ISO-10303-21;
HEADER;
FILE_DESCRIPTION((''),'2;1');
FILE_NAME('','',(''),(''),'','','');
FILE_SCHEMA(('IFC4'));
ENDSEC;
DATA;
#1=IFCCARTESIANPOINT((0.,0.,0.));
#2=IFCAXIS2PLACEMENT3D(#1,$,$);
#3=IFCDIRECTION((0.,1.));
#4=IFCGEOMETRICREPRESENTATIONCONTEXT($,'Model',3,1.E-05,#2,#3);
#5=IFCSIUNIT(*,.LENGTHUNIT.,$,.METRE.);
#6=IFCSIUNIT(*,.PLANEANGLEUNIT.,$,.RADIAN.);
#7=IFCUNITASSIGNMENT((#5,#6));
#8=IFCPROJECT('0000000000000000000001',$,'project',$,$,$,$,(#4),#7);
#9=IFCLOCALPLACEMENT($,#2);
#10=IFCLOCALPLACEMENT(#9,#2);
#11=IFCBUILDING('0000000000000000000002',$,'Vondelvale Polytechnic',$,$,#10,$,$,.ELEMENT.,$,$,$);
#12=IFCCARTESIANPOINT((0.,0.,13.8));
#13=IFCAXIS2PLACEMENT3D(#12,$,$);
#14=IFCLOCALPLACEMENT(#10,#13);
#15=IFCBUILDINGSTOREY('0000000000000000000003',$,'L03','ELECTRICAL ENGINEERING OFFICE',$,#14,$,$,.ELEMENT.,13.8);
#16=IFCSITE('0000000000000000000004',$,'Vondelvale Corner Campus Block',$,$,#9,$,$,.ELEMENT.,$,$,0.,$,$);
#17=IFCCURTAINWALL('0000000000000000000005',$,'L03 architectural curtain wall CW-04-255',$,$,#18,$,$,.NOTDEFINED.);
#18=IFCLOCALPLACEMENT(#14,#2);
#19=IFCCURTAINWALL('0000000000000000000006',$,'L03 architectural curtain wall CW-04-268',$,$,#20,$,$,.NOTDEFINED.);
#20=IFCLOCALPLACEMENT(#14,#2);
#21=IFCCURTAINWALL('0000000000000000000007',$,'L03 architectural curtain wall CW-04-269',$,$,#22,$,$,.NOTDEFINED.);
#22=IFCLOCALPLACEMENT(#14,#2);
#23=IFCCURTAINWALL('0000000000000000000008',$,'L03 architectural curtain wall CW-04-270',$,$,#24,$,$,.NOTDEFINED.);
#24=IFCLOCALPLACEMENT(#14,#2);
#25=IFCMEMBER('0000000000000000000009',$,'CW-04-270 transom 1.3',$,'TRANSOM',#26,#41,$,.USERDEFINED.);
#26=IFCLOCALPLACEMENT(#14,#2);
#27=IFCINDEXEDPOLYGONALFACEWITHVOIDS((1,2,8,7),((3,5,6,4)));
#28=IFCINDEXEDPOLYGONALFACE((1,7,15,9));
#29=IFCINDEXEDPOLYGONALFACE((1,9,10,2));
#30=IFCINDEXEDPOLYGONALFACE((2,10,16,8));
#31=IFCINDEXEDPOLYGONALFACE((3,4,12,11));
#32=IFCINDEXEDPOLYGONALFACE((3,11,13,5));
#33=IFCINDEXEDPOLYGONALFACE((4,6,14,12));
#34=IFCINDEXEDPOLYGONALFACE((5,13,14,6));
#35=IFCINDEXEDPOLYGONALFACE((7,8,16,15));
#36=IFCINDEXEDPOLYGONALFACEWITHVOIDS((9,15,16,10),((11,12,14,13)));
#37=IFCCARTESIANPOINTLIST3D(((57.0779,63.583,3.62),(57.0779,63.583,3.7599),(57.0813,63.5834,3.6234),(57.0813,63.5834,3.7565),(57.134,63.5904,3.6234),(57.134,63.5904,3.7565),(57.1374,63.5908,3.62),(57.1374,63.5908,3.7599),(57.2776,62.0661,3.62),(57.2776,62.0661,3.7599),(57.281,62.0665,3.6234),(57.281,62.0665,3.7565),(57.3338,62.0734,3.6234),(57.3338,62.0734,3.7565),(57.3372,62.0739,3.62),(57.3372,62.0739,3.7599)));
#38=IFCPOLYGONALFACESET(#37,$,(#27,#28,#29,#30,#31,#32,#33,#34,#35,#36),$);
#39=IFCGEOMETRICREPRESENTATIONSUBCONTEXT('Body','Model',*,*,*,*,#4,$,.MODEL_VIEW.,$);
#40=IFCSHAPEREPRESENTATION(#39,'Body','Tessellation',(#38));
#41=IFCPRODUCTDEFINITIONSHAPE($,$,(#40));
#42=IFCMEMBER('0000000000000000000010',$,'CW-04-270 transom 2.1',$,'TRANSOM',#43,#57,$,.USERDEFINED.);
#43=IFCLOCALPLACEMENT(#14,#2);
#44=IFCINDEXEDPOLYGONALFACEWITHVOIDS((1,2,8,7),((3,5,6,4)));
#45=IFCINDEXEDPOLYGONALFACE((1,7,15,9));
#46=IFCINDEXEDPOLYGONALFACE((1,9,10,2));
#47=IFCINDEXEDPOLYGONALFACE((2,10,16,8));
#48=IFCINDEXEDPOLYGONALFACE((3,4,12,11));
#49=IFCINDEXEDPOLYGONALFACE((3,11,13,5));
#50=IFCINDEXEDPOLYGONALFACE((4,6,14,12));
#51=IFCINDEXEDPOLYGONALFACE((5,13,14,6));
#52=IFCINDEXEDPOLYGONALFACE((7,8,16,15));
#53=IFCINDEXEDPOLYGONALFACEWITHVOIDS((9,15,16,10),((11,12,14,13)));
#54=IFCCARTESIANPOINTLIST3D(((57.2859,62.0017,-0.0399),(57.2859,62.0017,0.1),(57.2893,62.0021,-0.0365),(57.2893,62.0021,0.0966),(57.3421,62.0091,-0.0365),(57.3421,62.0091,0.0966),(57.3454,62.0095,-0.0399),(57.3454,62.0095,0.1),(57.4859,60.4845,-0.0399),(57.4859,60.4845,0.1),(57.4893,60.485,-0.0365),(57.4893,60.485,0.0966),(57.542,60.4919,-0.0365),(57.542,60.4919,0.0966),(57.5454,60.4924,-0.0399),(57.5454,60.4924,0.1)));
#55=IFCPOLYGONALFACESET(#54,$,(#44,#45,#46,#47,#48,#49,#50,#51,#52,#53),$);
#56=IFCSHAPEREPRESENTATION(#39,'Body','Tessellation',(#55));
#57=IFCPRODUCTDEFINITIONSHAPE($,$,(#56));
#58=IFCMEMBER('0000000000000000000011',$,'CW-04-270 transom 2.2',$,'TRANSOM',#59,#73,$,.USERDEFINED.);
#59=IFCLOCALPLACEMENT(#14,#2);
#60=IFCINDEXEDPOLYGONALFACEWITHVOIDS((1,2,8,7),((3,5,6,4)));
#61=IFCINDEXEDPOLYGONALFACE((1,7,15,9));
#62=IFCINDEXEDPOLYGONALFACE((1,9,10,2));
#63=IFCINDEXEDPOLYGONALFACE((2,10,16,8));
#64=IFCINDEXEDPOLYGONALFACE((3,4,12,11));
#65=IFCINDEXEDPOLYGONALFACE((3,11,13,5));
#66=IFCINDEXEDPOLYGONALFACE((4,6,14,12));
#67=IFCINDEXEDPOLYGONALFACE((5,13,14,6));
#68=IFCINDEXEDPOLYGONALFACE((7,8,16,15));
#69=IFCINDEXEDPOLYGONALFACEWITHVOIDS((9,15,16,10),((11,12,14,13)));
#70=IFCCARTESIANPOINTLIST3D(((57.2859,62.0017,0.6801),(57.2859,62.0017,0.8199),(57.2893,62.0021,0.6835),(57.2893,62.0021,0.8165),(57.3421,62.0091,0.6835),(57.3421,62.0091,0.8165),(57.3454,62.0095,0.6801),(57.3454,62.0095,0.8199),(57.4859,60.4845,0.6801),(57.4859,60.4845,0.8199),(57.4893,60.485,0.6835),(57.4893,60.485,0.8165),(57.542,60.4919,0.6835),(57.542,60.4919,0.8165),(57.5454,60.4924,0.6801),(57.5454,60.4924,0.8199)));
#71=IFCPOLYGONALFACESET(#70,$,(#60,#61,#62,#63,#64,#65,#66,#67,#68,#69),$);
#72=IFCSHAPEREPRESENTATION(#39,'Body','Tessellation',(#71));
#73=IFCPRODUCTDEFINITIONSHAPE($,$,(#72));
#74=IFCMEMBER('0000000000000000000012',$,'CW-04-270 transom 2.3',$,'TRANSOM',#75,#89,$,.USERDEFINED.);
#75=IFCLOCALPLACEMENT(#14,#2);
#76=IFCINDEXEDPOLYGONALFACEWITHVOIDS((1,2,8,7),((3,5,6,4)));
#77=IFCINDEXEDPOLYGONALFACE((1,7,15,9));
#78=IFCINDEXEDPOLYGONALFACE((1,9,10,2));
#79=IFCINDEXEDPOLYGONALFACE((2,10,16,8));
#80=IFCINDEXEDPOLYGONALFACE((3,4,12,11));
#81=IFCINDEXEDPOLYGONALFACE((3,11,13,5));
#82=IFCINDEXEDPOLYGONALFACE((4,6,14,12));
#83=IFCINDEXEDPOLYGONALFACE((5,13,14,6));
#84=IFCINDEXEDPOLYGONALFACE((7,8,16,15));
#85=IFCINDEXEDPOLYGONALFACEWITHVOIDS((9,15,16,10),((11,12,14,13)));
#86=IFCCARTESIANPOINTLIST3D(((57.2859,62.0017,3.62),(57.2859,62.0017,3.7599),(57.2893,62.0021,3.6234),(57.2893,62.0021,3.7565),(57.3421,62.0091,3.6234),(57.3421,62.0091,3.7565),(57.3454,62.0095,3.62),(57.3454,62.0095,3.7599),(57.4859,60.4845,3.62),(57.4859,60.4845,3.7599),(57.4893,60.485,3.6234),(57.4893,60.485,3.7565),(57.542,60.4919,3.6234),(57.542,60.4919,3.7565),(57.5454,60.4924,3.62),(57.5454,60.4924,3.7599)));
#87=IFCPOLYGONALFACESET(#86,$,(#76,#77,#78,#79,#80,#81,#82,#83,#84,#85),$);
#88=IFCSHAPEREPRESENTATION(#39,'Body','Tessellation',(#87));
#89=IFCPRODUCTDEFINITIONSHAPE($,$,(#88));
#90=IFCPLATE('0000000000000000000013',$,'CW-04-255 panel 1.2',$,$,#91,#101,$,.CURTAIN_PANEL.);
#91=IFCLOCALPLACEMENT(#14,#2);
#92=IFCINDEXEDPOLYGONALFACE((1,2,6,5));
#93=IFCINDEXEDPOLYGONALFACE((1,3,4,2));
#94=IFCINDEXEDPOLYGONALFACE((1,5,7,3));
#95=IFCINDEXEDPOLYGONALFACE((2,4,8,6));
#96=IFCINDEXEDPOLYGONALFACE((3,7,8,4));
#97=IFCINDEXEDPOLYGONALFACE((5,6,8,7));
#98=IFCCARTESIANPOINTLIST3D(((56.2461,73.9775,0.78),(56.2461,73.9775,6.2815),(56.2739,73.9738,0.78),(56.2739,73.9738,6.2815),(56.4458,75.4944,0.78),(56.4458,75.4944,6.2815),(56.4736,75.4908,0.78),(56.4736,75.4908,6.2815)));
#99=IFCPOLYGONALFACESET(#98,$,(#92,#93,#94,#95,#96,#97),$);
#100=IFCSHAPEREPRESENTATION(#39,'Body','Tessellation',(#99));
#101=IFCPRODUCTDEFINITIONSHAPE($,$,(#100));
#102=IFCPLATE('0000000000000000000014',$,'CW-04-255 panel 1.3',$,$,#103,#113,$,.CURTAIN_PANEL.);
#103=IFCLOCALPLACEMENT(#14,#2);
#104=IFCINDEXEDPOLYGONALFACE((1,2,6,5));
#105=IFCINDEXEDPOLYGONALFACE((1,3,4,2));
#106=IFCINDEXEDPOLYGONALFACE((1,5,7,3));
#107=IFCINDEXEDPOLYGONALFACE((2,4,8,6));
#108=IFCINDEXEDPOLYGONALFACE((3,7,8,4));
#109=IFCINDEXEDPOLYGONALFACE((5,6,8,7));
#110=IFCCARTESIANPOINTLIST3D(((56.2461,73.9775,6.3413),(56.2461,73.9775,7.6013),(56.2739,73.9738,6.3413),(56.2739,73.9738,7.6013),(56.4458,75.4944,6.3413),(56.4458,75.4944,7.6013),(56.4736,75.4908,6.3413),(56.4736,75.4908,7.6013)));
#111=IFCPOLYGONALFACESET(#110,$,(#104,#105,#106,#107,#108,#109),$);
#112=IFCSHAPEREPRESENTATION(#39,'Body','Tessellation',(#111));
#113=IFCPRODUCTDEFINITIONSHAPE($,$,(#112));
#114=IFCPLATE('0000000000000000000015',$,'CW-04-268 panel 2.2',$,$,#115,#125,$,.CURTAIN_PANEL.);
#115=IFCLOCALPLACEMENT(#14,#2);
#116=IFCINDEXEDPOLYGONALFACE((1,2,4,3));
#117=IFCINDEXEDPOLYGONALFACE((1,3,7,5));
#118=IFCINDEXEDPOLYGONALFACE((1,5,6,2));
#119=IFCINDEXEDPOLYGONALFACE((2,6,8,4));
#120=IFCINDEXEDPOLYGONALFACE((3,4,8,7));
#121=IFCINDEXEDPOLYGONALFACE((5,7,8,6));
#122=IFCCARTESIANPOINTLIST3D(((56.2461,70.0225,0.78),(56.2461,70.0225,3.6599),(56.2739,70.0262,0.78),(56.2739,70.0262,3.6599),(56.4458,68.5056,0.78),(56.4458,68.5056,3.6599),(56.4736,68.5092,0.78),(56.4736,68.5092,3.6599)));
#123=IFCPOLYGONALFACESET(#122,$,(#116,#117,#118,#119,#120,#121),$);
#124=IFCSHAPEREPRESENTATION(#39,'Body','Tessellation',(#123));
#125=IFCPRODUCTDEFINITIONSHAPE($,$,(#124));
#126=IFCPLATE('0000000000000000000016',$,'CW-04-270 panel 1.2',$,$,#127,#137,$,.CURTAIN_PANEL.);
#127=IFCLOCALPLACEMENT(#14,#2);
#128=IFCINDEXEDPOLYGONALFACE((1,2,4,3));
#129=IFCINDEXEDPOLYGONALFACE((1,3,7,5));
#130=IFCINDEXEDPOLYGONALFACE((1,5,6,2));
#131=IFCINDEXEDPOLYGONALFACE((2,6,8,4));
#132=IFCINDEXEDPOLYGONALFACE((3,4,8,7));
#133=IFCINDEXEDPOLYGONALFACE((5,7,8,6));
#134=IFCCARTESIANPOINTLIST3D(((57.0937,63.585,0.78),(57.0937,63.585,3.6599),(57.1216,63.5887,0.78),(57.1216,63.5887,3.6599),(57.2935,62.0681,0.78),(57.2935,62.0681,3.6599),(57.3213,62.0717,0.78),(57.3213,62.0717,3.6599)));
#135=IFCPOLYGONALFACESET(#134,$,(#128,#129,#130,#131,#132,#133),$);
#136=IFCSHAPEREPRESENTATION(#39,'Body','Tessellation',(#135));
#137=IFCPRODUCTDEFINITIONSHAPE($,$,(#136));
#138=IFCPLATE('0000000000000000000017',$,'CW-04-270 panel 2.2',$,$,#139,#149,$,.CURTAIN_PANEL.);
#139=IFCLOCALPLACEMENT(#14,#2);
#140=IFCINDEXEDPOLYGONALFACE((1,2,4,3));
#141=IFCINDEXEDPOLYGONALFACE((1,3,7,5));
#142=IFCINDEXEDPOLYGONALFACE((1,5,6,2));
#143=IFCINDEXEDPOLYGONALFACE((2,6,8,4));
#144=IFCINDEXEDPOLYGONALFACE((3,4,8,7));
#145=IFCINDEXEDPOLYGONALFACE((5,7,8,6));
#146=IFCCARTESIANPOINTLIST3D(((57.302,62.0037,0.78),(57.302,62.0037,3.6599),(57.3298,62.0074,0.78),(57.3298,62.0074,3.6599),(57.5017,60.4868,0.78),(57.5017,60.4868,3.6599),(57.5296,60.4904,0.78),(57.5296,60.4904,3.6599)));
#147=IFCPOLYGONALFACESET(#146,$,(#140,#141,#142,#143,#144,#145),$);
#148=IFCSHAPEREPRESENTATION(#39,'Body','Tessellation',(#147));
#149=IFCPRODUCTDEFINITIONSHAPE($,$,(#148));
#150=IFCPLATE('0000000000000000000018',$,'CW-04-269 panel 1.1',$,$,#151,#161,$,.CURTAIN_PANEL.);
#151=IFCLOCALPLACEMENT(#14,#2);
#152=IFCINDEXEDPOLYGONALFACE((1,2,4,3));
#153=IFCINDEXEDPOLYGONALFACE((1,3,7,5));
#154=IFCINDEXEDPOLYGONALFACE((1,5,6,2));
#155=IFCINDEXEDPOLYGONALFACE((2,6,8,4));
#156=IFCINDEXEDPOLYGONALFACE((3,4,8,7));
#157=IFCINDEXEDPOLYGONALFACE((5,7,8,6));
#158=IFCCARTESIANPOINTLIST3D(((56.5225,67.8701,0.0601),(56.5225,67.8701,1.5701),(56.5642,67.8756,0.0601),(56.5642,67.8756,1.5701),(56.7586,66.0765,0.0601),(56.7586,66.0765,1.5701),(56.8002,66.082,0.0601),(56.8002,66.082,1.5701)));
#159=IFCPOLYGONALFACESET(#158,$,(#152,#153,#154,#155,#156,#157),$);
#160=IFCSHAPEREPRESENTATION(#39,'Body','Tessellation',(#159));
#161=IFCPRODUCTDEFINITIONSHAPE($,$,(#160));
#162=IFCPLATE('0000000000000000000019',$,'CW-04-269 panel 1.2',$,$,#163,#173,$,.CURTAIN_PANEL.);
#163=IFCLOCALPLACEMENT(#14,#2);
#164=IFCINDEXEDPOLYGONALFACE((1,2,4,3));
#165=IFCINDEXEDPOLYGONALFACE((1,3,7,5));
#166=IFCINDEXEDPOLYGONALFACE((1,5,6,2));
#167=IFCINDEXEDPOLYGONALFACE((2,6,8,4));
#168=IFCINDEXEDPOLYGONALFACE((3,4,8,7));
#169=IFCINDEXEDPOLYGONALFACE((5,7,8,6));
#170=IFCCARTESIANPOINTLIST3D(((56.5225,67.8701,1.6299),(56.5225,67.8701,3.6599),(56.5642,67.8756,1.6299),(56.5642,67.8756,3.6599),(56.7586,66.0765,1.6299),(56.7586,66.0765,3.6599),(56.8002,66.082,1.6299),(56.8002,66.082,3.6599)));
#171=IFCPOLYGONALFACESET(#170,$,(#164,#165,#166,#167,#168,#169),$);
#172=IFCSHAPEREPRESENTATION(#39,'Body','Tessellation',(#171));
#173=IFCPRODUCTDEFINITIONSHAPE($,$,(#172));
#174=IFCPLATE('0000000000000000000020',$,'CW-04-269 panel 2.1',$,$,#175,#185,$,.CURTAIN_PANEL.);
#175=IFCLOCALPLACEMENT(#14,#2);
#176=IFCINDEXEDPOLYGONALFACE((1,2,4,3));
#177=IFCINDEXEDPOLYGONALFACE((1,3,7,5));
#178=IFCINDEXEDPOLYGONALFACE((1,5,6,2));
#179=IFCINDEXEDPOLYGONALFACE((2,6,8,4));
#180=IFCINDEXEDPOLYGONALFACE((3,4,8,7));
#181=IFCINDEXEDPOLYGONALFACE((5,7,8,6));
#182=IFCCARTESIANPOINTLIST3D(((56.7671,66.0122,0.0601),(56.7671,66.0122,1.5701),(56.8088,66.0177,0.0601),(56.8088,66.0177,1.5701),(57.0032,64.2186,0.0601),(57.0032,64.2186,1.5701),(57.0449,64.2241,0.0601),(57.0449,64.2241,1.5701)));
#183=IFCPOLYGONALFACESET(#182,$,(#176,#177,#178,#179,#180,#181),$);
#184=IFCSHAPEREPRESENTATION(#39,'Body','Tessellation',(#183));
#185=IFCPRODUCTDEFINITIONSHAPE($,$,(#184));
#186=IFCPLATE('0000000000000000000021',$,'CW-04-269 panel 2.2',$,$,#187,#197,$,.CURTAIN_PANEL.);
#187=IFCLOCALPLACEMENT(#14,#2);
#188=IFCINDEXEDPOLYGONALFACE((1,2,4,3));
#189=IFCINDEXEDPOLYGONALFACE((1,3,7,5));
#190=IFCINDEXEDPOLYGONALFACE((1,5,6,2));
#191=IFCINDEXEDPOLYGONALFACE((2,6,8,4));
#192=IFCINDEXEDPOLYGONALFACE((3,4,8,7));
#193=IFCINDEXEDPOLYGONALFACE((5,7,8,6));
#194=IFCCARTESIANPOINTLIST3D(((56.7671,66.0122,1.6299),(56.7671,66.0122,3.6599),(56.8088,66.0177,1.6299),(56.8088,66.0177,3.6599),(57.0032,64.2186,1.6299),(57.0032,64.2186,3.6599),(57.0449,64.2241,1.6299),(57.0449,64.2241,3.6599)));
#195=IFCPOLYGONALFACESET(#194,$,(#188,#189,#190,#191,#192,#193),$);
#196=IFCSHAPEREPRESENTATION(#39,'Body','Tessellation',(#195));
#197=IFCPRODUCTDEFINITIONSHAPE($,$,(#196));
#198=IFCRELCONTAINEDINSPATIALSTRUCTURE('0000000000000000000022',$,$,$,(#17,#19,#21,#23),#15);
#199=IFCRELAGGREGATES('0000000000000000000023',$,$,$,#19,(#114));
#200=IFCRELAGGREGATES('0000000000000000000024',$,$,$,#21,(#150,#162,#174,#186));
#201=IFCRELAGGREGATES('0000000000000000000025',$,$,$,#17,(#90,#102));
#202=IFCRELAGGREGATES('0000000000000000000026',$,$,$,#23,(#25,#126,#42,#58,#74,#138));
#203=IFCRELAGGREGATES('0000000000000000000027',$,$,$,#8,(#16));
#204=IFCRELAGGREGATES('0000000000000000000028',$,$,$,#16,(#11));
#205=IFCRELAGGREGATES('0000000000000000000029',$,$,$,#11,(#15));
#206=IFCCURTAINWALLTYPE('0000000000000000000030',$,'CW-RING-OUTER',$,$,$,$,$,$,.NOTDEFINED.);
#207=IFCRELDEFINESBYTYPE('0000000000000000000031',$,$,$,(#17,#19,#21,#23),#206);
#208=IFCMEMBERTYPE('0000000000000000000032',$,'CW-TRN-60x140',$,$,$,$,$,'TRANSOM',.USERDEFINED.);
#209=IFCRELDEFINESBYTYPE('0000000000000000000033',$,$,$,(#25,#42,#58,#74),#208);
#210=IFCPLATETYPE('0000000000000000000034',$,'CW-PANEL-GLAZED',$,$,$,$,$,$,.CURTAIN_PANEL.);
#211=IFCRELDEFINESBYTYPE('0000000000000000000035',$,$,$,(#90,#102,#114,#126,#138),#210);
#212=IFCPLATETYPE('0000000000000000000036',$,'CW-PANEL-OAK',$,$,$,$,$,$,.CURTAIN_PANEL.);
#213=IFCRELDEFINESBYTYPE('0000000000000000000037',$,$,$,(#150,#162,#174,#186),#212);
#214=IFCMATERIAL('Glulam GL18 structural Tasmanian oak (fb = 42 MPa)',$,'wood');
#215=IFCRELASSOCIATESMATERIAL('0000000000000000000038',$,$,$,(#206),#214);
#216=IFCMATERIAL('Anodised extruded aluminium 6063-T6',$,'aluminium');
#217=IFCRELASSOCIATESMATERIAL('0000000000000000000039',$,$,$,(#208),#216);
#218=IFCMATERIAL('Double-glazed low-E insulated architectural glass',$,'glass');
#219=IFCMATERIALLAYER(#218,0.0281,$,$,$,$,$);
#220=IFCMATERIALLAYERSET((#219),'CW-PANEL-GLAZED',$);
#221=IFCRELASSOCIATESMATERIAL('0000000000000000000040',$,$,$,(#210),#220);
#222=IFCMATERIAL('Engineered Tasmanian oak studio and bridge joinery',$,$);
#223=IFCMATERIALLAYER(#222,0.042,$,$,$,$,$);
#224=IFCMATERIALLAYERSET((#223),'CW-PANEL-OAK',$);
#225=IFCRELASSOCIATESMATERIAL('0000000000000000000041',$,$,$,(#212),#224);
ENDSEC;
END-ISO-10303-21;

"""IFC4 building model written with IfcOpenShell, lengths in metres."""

from ifc_helpers import new_model, si_unit, direction, frame, origin, origin_2d, place, context, subcontext, project, spatial, rectangle, hollow_rectangle, extrude, material, layer, layer_set, material_profile, profile_set, type_object, element, aggregate, save


model = new_model("IFC4")

# Units and contexts
model_context = context("Model", 3, precision=1e-05, world=origin(), true_north=direction((0.0, 1.0)))
body_context = subcontext(model_context, "Body", "Model", "MODEL_VIEW")
ifc_project = project(units=[si_unit("LENGTHUNIT", "METRE"), si_unit("PLANEANGLEUNIT", "RADIAN")], contexts=[model_context])

# Site, building, storey
site_placement = place(None, origin())
site = spatial("IfcSite", under=ifc_project, at=site_placement, Name="Vondelvale Corner Campus Block", CompositionType="ELEMENT", RefElevation=0.0)
building_placement = place(site_placement, origin())
building = spatial("IfcBuilding", under=site, at=building_placement, Name="Vondelvale Polytechnic", CompositionType="ELEMENT")
storey_placement = place(building_placement, frame((0.0, 0.0, 13.8)))
storey = spatial("IfcBuildingStorey", under=building, at=storey_placement, Name="L03", Description="ELECTRICAL ENGINEERING OFFICE", CompositionType="ELEMENT", Elevation=13.8)

# Shared definitions
ifc_material_1 = material(Name="Glulam GL18 structural Tasmanian oak (fb = 42 MPa)", Category="wood")

# Curtain walls
curtain_wall_type = type_object("IfcCurtainWallType", Name="CW-RING-OUTER", PredefinedType="NOTDEFINED", material=ifc_material_1)
curtain_wall_1_placement = place(storey_placement, origin())
curtain_wall_1 = element("IfcCurtainWall", 1, at=curtain_wall_1_placement, inside=storey, type_object=curtain_wall_type, Name="L03 architectural curtain wall CW-04-255", PredefinedType="NOTDEFINED")
ifc_material_2 = material(Name="Anodised extruded aluminium 6063-T6", Category="aluminium")
curtain_wall_2_placement = place(storey_placement, origin())
curtain_wall_2 = element("IfcCurtainWall", 2, at=curtain_wall_2_placement, inside=storey, type_object=curtain_wall_type, Name="L03 architectural curtain wall CW-04-268", PredefinedType="NOTDEFINED")

# Curtain walls
curtain_wall_3_placement = place(storey_placement, origin())
curtain_wall_3 = element("IfcCurtainWall", 3, at=curtain_wall_3_placement, inside=storey, type_object=curtain_wall_type, Name="L03 architectural curtain wall CW-04-269", PredefinedType="NOTDEFINED")
curtain_wall_4_placement = place(storey_placement, origin())
curtain_wall_4 = element("IfcCurtainWall", 4, at=curtain_wall_4_placement, inside=storey, type_object=curtain_wall_type, Name="L03 architectural curtain wall CW-04-270", PredefinedType="NOTDEFINED")

# Members
ifc_material_profile_1 = material_profile(ifc_material_2, hollow_rectangle(XDim=0.0601, YDim=0.1399, WallThickness=0.0034, at=origin_2d()), Name="CW-TRN-140x60")
ifc_profile_set_1 = profile_set([ifc_material_profile_1], Name="Anodised extruded aluminium 6063-T6")
member_type_1 = type_object("IfcMemberType", Name="CW-TRN-60x140", ElementType="TRANSOM", PredefinedType="USERDEFINED", material=ifc_profile_set_1)
member_1_placement = place(storey_placement, frame((57.1077, 63.5869, 3.6899), z_axis=(0.130533, -0.991444, 0.0), x_axis=(0.991444, 0.130533, 0.0)))
member_1 = element("IfcMember", 5, at=member_1_placement, type_object=member_type_1, Name="CW-04-270 transom 1.3", ObjectType="TRANSOM", PredefinedType="USERDEFINED", context=body_context, shape_type="SweptSolid", body=[
    extrude(hollow_rectangle(XDim=0.0601, YDim=0.1399, WallThickness=0.0034, at=origin_2d()), origin(), (0.0, 0.0, 1.0), 1.53),
])
member_2_placement = place(storey_placement, frame((57.3157, 62.0056, 0.03), z_axis=(0.130669, -0.991426, 0.0), x_axis=(0.991426, 0.130669, 0.0)))
member_2 = element("IfcMember", 6, at=member_2_placement, type_object=member_type_1, Name="CW-04-270 transom 2.1", ObjectType="TRANSOM", PredefinedType="USERDEFINED", context=body_context, shape_type="SweptSolid", body=[
    extrude(hollow_rectangle(XDim=0.0601, YDim=0.1399, WallThickness=0.0034, at=origin_2d()), origin(), (0.0, 0.0, 1.0), 1.5303),
])
member_3_placement = place(storey_placement, frame((57.3157, 62.0056, 0.75), z_axis=(0.130669, -0.991426, 0.0), x_axis=(0.991426, 0.130669, 0.0)))
member_3 = element("IfcMember", 7, at=member_3_placement, type_object=member_type_1, Name="CW-04-270 transom 2.2", ObjectType="TRANSOM", PredefinedType="USERDEFINED", context=body_context, shape_type="SweptSolid", body=[
    extrude(hollow_rectangle(XDim=0.0601, YDim=0.1399, WallThickness=0.0034, at=origin_2d()), origin(), (0.0, 0.0, 1.0), 1.5303),
])
member_4_placement = place(storey_placement, frame((57.3157, 62.0056, 3.6899), z_axis=(0.130669, -0.991426, 0.0), x_axis=(0.991426, 0.130669, 0.0)))
member_4 = element("IfcMember", 8, at=member_4_placement, type_object=member_type_1, Name="CW-04-270 transom 2.3", ObjectType="TRANSOM", PredefinedType="USERDEFINED", context=body_context, shape_type="SweptSolid", body=[
    extrude(hollow_rectangle(XDim=0.0601, YDim=0.1399, WallThickness=0.0034, at=origin_2d()), origin(), (0.0, 0.0, 1.0), 1.5303),
])

# Plates
ifc_material_3 = material(Name="Double-glazed low-E insulated architectural glass", Category="glass")
ifc_layer_1 = layer(ifc_material_3, 0.0281)
ifc_layer_set_1 = layer_set([ifc_layer_1], Name="CW-PANEL-GLAZED")
plate_type_1 = type_object("IfcPlateType", Name="CW-PANEL-GLAZED", PredefinedType="CURTAIN_PANEL", material=ifc_layer_set_1)
plate_1_placement = place(storey_placement, frame((56.3599, 74.7341, 0.78), z_axis=(0.0, 0.0, 1.0), x_axis=(-0.13054, -0.991443, 0.0)))
plate_1 = element("IfcPlate", 9, at=plate_1_placement, type_object=plate_type_1, Name="CW-04-255 panel 1.2", PredefinedType="CURTAIN_PANEL", context=body_context, shape_type="SweptSolid", body=[
    extrude(rectangle(XDim=1.53, YDim=0.0281, at=origin_2d()), origin(), (0.0, 0.0, 1.0), 5.5015),
])
plate_2_placement = place(storey_placement, frame((56.3599, 74.7341, 6.3413), z_axis=(0.0, 0.0, 1.0), x_axis=(-0.13054, -0.991443, 0.0)))
plate_2 = element("IfcPlate", 10, at=plate_2_placement, type_object=plate_type_1, Name="CW-04-255 panel 1.3", PredefinedType="CURTAIN_PANEL", context=body_context, shape_type="SweptSolid", body=[
    extrude(rectangle(XDim=1.53, YDim=0.0281, at=origin_2d()), origin(), (0.0, 0.0, 1.0), 1.26),
])
plate_3_placement = place(storey_placement, frame((56.3599, 69.2659, 0.78), z_axis=(0.0, 0.0, 1.0), x_axis=(0.13054, -0.991443, 0.0)))
plate_3 = element("IfcPlate", 11, at=plate_3_placement, type_object=plate_type_1, Name="CW-04-268 panel 2.2", PredefinedType="CURTAIN_PANEL", context=body_context, shape_type="SweptSolid", body=[
    extrude(rectangle(XDim=1.53, YDim=0.0281, at=origin_2d()), origin(), (0.0, 0.0, 1.0), 2.8799),
])
aggregate(curtain_wall_2, [plate_3])
plate_4_placement = place(storey_placement, frame((57.2075, 62.8284, 0.78), z_axis=(0.0, 0.0, 1.0), x_axis=(0.13054, -0.991443, 0.0)))
plate_4 = element("IfcPlate", 12, at=plate_4_placement, type_object=plate_type_1, Name="CW-04-270 panel 1.2", PredefinedType="CURTAIN_PANEL", context=body_context, shape_type="SweptSolid", body=[
    extrude(rectangle(XDim=1.53, YDim=0.0281, at=origin_2d()), origin(), (0.0, 0.0, 1.0), 2.8799),
])
plate_5_placement = place(storey_placement, frame((57.4158, 61.2471, 0.78), z_axis=(0.0, 0.0, 1.0), x_axis=(0.13054, -0.991443, 0.0)))
plate_5 = element("IfcPlate", 13, at=plate_5_placement, type_object=plate_type_1, Name="CW-04-270 panel 2.2", PredefinedType="CURTAIN_PANEL", context=body_context, shape_type="SweptSolid", body=[
    extrude(rectangle(XDim=1.53, YDim=0.0281, at=origin_2d()), origin(), (0.0, 0.0, 1.0), 2.8799),
])
ifc_material_4 = material(Name="Engineered Tasmanian oak studio and bridge joinery")
ifc_layer_2 = layer(ifc_material_4, 0.042)
ifc_layer_set_2 = layer_set([ifc_layer_2], Name="CW-PANEL-OAK")
plate_type_2 = type_object("IfcPlateType", Name="CW-PANEL-OAK", PredefinedType="CURTAIN_PANEL", material=ifc_layer_set_2)
plate_6_placement = place(storey_placement, frame((56.6614, 66.9761, 0.0601), z_axis=(0.0, 0.0, 1.0), x_axis=(0.130497, -0.991449, 0.0)))
plate_6 = element("IfcPlate", 14, at=plate_6_placement, type_object=plate_type_2, Name="CW-04-269 panel 1.1", PredefinedType="CURTAIN_PANEL", context=body_context, shape_type="SweptSolid", body=[
    extrude(rectangle(XDim=1.8091, YDim=0.042, at=origin_2d()), origin(), (0.0, 0.0, 1.0), 1.51),
])
plate_7_placement = place(storey_placement, frame((56.6614, 66.9761, 1.6299), z_axis=(0.0, 0.0, 1.0), x_axis=(0.130497, -0.991449, 0.0)))
plate_7 = element("IfcPlate", 15, at=plate_7_placement, type_object=plate_type_2, Name="CW-04-269 panel 1.2", PredefinedType="CURTAIN_PANEL", context=body_context, shape_type="SweptSolid", body=[
    extrude(rectangle(XDim=1.8091, YDim=0.042, at=origin_2d()), origin(), (0.0, 0.0, 1.0), 2.03),
])
plate_8_placement = place(storey_placement, frame((56.906, 65.1182, 0.0601), z_axis=(0.0, 0.0, 1.0), x_axis=(0.130497, -0.991449, 0.0)))
plate_8 = element("IfcPlate", 16, at=plate_8_placement, type_object=plate_type_2, Name="CW-04-269 panel 2.1", PredefinedType="CURTAIN_PANEL", context=body_context, shape_type="SweptSolid", body=[
    extrude(rectangle(XDim=1.8091, YDim=0.042, at=origin_2d()), origin(), (0.0, 0.0, 1.0), 1.51),
])
plate_9_placement = place(storey_placement, frame((56.906, 65.1182, 1.6299), z_axis=(0.0, 0.0, 1.0), x_axis=(0.130497, -0.991449, 0.0)))
plate_9 = element("IfcPlate", 17, at=plate_9_placement, type_object=plate_type_2, Name="CW-04-269 panel 2.2", PredefinedType="CURTAIN_PANEL", context=body_context, shape_type="SweptSolid", body=[
    extrude(rectangle(XDim=1.8091, YDim=0.042, at=origin_2d()), origin(), (0.0, 0.0, 1.0), 2.03),
])
aggregate(curtain_wall_3, [plate_6, plate_7, plate_8, plate_9])
aggregate(curtain_wall_1, [plate_1, plate_2])
aggregate(curtain_wall_4, [member_1, plate_4, member_2, member_3, member_4, plate_5])

save(model, "model.ifc")
